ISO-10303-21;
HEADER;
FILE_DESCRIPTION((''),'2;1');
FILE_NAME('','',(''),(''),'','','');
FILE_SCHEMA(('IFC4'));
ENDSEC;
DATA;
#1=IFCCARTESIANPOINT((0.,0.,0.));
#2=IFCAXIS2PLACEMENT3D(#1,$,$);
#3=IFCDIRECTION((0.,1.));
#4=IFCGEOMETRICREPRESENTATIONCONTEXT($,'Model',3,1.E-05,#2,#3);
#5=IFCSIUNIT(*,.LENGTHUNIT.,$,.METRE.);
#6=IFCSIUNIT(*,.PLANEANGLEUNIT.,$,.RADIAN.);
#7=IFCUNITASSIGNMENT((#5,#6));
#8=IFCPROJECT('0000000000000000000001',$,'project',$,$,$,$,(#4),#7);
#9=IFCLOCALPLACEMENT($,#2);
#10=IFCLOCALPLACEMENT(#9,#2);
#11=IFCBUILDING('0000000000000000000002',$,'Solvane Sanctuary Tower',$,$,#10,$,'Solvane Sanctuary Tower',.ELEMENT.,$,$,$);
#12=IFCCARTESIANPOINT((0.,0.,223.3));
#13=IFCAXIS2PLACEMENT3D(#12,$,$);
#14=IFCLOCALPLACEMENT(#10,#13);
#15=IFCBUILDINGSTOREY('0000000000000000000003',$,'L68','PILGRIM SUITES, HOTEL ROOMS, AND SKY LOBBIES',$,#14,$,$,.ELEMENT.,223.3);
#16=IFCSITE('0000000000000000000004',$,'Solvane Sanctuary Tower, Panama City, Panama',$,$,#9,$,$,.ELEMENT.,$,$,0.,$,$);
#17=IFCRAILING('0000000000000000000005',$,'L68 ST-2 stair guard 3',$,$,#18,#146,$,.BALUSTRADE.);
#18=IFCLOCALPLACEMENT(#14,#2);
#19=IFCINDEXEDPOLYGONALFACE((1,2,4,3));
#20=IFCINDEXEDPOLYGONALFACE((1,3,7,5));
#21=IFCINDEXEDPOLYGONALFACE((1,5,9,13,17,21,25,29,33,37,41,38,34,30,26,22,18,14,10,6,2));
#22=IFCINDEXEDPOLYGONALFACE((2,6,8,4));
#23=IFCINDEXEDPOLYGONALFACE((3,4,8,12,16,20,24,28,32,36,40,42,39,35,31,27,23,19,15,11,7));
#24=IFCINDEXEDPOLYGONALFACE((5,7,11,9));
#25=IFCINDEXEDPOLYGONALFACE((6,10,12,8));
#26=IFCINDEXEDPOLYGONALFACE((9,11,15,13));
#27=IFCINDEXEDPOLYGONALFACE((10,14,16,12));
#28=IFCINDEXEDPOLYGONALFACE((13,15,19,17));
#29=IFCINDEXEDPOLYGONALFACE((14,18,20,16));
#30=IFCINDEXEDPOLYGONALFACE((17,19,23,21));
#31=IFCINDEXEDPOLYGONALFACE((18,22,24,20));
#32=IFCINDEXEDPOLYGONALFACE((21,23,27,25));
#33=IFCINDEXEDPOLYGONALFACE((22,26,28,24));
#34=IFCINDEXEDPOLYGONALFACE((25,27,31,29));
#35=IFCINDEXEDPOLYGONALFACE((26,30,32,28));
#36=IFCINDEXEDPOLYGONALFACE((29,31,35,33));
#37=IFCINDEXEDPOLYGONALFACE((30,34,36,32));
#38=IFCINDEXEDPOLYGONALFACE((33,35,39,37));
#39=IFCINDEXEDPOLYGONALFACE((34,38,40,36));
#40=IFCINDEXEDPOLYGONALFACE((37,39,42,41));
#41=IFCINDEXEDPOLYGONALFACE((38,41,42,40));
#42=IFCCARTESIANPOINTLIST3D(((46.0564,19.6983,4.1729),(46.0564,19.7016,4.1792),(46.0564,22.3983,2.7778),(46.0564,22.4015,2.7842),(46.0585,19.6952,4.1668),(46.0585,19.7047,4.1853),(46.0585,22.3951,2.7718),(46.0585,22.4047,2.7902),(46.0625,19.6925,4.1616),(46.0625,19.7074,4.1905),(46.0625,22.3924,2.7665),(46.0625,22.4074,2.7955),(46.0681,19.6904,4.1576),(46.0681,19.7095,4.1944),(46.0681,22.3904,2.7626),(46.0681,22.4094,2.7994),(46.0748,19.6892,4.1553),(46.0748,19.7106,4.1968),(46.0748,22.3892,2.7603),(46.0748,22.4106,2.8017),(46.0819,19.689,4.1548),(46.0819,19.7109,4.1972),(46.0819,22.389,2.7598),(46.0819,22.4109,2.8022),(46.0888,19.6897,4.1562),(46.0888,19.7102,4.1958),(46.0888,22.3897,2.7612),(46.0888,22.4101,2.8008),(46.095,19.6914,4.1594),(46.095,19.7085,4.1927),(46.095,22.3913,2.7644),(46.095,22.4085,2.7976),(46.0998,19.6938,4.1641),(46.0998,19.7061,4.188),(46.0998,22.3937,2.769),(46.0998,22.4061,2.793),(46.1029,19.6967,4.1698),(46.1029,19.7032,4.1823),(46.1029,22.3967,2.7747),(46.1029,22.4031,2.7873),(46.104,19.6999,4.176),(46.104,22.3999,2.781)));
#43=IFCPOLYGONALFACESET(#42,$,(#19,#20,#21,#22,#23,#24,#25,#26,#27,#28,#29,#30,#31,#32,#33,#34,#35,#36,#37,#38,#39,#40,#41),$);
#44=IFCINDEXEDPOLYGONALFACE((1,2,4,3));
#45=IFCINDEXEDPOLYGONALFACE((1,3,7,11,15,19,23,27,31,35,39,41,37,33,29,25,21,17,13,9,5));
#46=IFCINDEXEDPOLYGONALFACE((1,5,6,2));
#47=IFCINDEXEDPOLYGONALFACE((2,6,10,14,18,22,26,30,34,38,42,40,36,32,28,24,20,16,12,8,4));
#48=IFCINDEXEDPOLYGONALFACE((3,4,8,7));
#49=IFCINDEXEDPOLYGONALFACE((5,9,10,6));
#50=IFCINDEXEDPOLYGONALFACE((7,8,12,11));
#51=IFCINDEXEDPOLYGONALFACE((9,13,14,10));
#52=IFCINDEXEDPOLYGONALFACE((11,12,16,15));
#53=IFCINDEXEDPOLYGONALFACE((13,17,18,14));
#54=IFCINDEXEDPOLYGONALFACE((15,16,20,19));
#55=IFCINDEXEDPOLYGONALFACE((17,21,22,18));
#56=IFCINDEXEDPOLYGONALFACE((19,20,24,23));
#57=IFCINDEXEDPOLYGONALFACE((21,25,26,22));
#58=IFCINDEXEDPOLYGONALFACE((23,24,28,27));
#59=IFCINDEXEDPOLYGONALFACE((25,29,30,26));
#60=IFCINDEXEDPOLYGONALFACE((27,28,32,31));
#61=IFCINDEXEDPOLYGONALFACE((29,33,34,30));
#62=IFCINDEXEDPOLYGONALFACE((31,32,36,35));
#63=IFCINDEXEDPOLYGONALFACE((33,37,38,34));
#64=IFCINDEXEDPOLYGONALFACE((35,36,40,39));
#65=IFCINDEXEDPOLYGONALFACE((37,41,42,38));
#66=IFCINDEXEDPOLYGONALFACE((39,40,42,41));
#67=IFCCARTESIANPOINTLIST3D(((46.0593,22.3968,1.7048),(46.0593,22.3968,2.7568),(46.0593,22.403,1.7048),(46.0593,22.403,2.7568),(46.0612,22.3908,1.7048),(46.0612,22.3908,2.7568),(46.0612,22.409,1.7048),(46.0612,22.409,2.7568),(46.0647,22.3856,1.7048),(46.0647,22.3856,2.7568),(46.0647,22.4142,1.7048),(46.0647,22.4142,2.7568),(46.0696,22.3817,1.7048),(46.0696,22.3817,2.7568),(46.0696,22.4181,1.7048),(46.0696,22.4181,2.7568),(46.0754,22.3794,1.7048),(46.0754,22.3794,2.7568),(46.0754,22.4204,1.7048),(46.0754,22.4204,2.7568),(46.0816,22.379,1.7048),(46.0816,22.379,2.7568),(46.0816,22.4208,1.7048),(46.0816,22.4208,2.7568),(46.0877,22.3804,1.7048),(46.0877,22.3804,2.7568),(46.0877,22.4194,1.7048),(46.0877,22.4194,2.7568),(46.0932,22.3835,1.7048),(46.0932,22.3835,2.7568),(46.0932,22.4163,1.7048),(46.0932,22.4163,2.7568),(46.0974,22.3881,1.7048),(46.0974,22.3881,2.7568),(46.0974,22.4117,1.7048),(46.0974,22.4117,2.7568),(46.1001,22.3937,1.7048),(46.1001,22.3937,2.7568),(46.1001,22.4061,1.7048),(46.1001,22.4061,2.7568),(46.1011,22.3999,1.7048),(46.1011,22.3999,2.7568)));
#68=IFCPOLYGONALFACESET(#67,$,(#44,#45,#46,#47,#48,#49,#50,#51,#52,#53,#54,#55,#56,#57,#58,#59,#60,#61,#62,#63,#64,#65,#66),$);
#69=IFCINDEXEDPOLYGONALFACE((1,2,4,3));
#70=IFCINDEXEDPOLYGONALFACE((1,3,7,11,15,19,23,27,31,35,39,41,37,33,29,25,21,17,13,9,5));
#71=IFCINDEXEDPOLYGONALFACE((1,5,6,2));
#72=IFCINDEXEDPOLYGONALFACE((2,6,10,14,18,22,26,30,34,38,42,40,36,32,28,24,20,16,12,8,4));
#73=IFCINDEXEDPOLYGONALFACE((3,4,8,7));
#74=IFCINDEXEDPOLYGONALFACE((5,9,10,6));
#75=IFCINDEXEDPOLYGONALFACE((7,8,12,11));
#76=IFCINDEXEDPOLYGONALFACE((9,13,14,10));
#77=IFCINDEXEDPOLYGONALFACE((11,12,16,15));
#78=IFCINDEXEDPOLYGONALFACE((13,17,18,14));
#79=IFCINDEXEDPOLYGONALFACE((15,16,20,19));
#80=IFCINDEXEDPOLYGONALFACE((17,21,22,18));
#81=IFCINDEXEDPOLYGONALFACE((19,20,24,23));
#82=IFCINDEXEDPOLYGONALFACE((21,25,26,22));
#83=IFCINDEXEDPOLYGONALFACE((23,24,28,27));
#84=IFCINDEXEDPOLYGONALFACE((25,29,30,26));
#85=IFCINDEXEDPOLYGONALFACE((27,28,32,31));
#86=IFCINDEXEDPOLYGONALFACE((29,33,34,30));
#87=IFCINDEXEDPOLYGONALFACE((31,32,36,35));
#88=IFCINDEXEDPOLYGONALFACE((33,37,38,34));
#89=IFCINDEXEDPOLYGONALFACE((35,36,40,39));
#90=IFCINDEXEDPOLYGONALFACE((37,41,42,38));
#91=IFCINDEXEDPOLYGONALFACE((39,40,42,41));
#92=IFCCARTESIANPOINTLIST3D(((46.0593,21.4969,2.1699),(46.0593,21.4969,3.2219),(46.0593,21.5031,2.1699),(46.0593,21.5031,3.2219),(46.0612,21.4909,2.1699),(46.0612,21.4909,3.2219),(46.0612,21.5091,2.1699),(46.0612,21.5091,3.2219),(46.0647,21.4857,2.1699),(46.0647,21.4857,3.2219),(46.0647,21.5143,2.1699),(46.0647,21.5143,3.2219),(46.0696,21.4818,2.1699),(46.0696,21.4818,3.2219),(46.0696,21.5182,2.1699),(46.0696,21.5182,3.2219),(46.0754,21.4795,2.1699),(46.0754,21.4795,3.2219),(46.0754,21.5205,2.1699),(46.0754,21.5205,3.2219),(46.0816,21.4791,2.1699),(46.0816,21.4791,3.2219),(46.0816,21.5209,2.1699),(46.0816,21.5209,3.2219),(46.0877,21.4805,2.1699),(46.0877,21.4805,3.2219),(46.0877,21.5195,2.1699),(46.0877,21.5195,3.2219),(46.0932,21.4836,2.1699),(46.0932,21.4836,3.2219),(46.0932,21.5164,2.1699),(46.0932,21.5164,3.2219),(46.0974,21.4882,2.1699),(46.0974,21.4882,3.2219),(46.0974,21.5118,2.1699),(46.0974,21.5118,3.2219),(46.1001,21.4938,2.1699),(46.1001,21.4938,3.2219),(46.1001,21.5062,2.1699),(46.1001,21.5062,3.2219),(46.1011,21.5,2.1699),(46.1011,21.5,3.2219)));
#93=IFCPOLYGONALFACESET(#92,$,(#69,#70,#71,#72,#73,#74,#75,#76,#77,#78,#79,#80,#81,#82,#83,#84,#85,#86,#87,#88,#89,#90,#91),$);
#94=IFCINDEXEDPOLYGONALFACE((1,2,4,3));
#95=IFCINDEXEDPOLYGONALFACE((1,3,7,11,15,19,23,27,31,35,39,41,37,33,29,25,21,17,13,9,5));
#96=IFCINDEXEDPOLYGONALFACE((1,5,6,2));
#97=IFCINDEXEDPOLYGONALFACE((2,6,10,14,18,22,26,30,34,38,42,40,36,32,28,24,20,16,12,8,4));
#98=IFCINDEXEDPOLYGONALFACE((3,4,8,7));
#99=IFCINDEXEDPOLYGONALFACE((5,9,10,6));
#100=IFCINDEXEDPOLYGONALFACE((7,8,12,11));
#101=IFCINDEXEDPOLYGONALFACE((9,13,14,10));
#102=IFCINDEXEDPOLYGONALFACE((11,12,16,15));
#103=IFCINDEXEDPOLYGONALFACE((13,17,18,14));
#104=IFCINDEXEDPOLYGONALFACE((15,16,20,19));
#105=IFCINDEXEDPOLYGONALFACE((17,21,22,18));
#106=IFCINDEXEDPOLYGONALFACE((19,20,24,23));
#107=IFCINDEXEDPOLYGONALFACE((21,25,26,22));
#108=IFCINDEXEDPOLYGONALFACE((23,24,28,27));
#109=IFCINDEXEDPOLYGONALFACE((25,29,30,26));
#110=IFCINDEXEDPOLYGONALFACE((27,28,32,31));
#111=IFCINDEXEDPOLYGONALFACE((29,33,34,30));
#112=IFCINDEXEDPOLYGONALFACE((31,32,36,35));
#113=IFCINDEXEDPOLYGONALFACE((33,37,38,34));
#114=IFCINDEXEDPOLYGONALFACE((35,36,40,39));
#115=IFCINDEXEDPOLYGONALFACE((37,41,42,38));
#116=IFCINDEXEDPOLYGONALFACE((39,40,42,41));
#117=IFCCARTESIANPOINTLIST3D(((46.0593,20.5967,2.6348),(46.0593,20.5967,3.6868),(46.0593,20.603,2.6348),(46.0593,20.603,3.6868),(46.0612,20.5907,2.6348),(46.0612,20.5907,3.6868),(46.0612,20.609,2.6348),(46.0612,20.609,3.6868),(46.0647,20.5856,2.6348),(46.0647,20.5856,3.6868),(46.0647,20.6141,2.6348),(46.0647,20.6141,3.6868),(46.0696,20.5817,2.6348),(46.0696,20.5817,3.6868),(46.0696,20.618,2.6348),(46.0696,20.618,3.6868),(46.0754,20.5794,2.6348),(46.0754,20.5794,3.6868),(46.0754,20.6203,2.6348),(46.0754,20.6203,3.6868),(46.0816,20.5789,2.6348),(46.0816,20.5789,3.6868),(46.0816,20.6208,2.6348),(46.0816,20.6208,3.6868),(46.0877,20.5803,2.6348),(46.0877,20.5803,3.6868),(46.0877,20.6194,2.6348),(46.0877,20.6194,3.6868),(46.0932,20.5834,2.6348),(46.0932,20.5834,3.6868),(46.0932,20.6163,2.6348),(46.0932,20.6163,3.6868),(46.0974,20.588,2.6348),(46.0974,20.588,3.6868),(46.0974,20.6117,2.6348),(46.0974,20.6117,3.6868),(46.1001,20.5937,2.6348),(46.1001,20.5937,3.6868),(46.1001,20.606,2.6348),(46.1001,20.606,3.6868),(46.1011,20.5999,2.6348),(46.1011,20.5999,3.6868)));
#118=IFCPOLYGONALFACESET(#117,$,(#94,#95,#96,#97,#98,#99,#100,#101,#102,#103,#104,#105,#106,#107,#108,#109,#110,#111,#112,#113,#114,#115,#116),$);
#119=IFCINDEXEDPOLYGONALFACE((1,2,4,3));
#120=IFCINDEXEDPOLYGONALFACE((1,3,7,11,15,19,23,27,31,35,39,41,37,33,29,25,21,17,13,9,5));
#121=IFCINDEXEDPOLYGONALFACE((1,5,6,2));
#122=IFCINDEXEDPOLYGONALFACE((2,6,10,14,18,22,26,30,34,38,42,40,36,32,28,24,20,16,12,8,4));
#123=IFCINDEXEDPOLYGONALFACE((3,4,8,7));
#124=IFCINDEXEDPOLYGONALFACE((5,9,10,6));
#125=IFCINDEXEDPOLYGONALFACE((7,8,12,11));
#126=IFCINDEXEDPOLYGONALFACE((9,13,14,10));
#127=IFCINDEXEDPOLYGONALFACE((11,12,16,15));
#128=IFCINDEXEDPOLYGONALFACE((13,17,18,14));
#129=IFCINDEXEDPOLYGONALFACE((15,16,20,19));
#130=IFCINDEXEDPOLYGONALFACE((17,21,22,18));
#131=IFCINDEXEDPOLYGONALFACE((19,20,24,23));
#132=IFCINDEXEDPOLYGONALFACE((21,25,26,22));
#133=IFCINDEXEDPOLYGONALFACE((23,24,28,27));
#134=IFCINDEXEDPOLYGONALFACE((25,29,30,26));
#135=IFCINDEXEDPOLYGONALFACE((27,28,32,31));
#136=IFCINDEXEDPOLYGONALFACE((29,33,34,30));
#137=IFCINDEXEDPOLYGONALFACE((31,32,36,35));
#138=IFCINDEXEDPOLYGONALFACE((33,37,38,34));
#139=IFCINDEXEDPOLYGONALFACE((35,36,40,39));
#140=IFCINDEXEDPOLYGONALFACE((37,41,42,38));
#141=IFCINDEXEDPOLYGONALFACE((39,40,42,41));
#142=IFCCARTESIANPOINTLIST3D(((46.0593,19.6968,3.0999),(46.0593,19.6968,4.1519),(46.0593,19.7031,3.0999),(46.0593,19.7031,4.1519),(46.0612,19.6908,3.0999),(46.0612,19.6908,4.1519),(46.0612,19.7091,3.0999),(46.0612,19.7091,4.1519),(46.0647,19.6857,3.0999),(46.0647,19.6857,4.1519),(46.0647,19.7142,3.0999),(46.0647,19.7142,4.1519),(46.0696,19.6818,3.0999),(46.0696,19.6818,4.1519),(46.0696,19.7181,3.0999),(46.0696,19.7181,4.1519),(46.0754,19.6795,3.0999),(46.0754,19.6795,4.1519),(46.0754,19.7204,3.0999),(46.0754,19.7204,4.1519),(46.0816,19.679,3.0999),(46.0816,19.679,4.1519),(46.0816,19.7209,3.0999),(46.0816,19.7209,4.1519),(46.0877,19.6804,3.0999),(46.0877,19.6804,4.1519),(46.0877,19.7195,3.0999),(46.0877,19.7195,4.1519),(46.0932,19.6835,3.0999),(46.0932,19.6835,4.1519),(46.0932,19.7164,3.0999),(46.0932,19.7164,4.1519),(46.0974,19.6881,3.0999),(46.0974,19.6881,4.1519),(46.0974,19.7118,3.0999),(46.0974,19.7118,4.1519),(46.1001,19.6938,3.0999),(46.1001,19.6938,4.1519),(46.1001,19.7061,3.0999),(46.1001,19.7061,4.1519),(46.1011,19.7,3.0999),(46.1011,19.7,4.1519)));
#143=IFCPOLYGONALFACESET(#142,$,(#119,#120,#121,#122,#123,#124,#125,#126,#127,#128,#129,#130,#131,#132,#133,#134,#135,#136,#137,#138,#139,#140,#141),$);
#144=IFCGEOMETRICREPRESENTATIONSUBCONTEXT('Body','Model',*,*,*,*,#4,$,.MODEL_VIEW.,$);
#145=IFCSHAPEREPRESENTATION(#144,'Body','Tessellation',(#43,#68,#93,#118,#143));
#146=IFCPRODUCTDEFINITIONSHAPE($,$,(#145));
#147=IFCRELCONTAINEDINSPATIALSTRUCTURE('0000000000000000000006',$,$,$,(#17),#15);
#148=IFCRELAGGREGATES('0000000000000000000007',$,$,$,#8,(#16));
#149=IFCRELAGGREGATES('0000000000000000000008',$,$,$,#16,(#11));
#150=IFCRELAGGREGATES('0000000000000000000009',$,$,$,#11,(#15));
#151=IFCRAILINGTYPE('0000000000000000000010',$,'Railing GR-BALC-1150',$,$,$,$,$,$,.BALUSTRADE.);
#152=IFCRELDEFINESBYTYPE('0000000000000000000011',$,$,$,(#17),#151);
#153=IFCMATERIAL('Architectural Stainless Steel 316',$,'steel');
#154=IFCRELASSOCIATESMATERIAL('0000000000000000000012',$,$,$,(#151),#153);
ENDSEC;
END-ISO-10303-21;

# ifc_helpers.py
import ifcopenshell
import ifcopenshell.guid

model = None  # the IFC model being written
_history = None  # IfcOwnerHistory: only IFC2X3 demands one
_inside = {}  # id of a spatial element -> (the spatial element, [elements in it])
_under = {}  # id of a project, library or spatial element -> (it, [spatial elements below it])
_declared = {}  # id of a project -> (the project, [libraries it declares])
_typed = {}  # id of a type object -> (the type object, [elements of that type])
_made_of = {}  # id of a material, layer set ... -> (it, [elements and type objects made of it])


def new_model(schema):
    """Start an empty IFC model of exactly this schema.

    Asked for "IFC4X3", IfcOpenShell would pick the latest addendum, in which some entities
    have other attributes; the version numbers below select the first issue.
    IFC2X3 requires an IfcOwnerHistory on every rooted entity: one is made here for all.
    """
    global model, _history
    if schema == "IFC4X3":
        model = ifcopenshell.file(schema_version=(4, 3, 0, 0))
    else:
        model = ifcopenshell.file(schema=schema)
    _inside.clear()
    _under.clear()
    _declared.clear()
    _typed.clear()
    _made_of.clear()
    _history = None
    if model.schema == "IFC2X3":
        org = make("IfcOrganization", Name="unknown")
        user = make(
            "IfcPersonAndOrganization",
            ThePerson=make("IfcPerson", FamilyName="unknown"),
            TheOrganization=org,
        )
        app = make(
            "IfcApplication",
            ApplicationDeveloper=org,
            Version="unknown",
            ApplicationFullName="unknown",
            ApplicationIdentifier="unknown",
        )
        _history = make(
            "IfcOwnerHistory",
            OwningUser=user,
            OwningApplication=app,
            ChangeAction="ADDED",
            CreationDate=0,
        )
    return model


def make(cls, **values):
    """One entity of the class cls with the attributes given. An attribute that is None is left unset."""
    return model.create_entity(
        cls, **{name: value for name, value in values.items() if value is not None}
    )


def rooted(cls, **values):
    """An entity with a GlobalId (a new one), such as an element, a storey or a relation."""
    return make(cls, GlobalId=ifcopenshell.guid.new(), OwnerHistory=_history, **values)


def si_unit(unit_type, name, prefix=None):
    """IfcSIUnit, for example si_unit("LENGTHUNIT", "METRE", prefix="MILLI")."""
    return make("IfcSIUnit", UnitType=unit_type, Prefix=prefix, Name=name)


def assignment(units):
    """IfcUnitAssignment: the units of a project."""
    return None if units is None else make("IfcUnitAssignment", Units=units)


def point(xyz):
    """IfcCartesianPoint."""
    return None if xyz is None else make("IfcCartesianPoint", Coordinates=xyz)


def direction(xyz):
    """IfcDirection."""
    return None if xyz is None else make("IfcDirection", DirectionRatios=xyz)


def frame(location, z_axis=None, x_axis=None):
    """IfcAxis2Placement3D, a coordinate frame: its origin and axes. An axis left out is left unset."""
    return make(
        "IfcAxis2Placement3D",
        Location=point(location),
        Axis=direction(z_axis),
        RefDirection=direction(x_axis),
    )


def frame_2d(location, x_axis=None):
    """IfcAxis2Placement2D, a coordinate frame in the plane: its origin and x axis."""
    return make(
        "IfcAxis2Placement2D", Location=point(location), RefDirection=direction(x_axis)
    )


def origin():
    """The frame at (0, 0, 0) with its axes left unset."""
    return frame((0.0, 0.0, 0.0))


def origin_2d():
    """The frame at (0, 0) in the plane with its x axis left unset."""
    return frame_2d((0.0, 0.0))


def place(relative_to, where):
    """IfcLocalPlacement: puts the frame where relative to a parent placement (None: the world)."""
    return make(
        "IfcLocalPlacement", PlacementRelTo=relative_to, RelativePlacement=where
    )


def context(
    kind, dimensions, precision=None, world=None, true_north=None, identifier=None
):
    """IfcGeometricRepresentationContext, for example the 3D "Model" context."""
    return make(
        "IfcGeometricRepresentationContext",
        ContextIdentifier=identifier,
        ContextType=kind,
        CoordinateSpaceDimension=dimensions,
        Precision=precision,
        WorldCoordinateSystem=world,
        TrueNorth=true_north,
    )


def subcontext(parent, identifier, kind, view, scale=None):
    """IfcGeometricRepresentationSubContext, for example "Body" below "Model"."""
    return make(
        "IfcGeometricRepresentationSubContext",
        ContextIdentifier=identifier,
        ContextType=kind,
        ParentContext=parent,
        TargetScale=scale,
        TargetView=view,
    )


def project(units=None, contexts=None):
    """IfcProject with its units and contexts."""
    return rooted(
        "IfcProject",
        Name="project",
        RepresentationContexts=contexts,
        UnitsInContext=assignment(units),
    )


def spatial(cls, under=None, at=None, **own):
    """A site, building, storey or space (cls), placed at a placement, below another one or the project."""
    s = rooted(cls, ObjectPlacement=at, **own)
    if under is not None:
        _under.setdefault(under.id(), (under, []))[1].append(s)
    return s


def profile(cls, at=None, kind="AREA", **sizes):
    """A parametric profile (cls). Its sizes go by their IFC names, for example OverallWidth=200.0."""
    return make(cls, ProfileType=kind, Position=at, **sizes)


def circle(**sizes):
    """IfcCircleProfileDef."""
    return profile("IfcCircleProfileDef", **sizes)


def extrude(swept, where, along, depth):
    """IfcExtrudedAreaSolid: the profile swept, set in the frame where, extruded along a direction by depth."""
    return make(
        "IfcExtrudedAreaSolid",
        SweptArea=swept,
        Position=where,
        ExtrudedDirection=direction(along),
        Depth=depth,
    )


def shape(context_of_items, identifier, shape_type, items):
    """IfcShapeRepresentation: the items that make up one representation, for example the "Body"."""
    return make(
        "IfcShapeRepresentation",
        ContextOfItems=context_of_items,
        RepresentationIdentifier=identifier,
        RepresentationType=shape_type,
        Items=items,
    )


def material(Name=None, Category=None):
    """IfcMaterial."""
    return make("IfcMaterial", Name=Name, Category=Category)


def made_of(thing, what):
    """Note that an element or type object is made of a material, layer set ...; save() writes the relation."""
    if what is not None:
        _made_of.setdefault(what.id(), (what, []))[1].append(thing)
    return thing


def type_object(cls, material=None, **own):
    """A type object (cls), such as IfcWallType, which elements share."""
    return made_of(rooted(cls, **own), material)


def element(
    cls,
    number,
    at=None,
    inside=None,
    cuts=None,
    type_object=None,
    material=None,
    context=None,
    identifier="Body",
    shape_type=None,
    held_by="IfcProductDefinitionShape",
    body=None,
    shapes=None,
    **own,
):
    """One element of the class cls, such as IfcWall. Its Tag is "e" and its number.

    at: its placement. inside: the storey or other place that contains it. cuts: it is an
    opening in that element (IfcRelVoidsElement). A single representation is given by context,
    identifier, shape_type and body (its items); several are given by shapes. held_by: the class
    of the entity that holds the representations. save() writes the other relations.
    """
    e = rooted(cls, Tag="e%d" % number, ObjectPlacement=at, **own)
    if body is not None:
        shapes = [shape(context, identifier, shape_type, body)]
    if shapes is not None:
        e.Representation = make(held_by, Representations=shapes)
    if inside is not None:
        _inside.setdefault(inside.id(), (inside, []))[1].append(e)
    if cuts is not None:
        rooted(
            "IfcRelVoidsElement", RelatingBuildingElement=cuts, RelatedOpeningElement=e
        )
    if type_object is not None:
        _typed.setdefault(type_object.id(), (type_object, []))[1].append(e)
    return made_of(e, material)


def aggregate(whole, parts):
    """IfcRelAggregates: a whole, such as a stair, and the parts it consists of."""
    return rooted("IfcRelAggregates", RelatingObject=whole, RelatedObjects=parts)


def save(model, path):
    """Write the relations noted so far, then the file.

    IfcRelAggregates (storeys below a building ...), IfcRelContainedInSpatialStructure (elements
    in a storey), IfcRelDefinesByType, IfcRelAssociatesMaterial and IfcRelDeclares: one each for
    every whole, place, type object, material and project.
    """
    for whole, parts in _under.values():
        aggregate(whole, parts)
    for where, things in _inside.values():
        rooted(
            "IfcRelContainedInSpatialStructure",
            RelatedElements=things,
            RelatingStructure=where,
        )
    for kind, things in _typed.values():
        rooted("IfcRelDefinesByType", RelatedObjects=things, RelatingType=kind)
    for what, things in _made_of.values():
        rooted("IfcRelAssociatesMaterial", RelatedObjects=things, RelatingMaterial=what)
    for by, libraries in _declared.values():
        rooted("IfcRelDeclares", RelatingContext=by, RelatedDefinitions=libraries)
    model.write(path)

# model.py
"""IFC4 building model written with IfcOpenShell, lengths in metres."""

from ifc_helpers import new_model, si_unit, direction, frame, origin, origin_2d, place, context, subcontext, project, spatial, circle, extrude, material, type_object, element, save


model = new_model("IFC4")

# Units and contexts
model_context = context("Model", 3, precision=1e-05, world=origin(), true_north=direction((0.0, 1.0)))
body_context = subcontext(model_context, "Body", "Model", "MODEL_VIEW")
ifc_project = project(units=[si_unit("LENGTHUNIT", "METRE"), si_unit("PLANEANGLEUNIT", "RADIAN")], contexts=[model_context])

# Site, building, storey
site_placement = place(None, origin())
site = spatial("IfcSite", under=ifc_project, at=site_placement, Name="Solvane Sanctuary Tower, Panama City, Panama", CompositionType="ELEMENT", RefElevation=0.0)
building_placement = place(site_placement, origin())
building = spatial("IfcBuilding", under=site, at=building_placement, Name="Solvane Sanctuary Tower", LongName="Solvane Sanctuary Tower", CompositionType="ELEMENT")
storey_placement = place(building_placement, frame((0.0, 0.0, 223.3)))
storey = spatial("IfcBuildingStorey", under=building, at=storey_placement, Name="L68", Description="PILGRIM SUITES, HOTEL ROOMS, AND SKY LOBBIES", CompositionType="ELEMENT", Elevation=223.3)

# Shared definitions
ifc_material_1 = material(Name="Architectural Stainless Steel 316", Category="steel")

# Railing
railing_type_1 = type_object("IfcRailingType", Name="Railing GR-BALC-1150", PredefinedType="BALUSTRADE", material=ifc_material_1)
railing_1_placement = place(storey_placement, frame((46.0801, 22.3999, 1.7048)))
element("IfcRailing", 1, at=railing_1_placement, inside=storey, type_object=railing_type_1, Name="L68 ST-2 stair guard 3", PredefinedType="BALUSTRADE", context=body_context, shape_type="SweptSolid", body=[
    extrude(circle(Radius=0.0239, at=origin_2d()), frame((0.0, 0.0, 1.0762), z_axis=(0.0, -0.88842, 0.459032), x_axis=(1.0, 0.0, 0.0)), (0.0, 0.0, 1.0), 3.0391),
    extrude(circle(Radius=0.021, at=origin_2d()), origin(), (0.0, 0.0, 1.0), 1.052),
    extrude(circle(Radius=0.021, at=origin_2d()), frame((0.0, -0.8999, 0.4651)), (0.0, 0.0, 1.0), 1.052),
    extrude(circle(Radius=0.021, at=origin_2d()), frame((0.0, -1.8, 0.9299)), (0.0, 0.0, 1.0), 1.052),
    extrude(circle(Radius=0.021, at=origin_2d()), frame((0.0, -2.7, 1.395)), (0.0, 0.0, 1.0), 1.052),
])

save(model, "model.ifc")
